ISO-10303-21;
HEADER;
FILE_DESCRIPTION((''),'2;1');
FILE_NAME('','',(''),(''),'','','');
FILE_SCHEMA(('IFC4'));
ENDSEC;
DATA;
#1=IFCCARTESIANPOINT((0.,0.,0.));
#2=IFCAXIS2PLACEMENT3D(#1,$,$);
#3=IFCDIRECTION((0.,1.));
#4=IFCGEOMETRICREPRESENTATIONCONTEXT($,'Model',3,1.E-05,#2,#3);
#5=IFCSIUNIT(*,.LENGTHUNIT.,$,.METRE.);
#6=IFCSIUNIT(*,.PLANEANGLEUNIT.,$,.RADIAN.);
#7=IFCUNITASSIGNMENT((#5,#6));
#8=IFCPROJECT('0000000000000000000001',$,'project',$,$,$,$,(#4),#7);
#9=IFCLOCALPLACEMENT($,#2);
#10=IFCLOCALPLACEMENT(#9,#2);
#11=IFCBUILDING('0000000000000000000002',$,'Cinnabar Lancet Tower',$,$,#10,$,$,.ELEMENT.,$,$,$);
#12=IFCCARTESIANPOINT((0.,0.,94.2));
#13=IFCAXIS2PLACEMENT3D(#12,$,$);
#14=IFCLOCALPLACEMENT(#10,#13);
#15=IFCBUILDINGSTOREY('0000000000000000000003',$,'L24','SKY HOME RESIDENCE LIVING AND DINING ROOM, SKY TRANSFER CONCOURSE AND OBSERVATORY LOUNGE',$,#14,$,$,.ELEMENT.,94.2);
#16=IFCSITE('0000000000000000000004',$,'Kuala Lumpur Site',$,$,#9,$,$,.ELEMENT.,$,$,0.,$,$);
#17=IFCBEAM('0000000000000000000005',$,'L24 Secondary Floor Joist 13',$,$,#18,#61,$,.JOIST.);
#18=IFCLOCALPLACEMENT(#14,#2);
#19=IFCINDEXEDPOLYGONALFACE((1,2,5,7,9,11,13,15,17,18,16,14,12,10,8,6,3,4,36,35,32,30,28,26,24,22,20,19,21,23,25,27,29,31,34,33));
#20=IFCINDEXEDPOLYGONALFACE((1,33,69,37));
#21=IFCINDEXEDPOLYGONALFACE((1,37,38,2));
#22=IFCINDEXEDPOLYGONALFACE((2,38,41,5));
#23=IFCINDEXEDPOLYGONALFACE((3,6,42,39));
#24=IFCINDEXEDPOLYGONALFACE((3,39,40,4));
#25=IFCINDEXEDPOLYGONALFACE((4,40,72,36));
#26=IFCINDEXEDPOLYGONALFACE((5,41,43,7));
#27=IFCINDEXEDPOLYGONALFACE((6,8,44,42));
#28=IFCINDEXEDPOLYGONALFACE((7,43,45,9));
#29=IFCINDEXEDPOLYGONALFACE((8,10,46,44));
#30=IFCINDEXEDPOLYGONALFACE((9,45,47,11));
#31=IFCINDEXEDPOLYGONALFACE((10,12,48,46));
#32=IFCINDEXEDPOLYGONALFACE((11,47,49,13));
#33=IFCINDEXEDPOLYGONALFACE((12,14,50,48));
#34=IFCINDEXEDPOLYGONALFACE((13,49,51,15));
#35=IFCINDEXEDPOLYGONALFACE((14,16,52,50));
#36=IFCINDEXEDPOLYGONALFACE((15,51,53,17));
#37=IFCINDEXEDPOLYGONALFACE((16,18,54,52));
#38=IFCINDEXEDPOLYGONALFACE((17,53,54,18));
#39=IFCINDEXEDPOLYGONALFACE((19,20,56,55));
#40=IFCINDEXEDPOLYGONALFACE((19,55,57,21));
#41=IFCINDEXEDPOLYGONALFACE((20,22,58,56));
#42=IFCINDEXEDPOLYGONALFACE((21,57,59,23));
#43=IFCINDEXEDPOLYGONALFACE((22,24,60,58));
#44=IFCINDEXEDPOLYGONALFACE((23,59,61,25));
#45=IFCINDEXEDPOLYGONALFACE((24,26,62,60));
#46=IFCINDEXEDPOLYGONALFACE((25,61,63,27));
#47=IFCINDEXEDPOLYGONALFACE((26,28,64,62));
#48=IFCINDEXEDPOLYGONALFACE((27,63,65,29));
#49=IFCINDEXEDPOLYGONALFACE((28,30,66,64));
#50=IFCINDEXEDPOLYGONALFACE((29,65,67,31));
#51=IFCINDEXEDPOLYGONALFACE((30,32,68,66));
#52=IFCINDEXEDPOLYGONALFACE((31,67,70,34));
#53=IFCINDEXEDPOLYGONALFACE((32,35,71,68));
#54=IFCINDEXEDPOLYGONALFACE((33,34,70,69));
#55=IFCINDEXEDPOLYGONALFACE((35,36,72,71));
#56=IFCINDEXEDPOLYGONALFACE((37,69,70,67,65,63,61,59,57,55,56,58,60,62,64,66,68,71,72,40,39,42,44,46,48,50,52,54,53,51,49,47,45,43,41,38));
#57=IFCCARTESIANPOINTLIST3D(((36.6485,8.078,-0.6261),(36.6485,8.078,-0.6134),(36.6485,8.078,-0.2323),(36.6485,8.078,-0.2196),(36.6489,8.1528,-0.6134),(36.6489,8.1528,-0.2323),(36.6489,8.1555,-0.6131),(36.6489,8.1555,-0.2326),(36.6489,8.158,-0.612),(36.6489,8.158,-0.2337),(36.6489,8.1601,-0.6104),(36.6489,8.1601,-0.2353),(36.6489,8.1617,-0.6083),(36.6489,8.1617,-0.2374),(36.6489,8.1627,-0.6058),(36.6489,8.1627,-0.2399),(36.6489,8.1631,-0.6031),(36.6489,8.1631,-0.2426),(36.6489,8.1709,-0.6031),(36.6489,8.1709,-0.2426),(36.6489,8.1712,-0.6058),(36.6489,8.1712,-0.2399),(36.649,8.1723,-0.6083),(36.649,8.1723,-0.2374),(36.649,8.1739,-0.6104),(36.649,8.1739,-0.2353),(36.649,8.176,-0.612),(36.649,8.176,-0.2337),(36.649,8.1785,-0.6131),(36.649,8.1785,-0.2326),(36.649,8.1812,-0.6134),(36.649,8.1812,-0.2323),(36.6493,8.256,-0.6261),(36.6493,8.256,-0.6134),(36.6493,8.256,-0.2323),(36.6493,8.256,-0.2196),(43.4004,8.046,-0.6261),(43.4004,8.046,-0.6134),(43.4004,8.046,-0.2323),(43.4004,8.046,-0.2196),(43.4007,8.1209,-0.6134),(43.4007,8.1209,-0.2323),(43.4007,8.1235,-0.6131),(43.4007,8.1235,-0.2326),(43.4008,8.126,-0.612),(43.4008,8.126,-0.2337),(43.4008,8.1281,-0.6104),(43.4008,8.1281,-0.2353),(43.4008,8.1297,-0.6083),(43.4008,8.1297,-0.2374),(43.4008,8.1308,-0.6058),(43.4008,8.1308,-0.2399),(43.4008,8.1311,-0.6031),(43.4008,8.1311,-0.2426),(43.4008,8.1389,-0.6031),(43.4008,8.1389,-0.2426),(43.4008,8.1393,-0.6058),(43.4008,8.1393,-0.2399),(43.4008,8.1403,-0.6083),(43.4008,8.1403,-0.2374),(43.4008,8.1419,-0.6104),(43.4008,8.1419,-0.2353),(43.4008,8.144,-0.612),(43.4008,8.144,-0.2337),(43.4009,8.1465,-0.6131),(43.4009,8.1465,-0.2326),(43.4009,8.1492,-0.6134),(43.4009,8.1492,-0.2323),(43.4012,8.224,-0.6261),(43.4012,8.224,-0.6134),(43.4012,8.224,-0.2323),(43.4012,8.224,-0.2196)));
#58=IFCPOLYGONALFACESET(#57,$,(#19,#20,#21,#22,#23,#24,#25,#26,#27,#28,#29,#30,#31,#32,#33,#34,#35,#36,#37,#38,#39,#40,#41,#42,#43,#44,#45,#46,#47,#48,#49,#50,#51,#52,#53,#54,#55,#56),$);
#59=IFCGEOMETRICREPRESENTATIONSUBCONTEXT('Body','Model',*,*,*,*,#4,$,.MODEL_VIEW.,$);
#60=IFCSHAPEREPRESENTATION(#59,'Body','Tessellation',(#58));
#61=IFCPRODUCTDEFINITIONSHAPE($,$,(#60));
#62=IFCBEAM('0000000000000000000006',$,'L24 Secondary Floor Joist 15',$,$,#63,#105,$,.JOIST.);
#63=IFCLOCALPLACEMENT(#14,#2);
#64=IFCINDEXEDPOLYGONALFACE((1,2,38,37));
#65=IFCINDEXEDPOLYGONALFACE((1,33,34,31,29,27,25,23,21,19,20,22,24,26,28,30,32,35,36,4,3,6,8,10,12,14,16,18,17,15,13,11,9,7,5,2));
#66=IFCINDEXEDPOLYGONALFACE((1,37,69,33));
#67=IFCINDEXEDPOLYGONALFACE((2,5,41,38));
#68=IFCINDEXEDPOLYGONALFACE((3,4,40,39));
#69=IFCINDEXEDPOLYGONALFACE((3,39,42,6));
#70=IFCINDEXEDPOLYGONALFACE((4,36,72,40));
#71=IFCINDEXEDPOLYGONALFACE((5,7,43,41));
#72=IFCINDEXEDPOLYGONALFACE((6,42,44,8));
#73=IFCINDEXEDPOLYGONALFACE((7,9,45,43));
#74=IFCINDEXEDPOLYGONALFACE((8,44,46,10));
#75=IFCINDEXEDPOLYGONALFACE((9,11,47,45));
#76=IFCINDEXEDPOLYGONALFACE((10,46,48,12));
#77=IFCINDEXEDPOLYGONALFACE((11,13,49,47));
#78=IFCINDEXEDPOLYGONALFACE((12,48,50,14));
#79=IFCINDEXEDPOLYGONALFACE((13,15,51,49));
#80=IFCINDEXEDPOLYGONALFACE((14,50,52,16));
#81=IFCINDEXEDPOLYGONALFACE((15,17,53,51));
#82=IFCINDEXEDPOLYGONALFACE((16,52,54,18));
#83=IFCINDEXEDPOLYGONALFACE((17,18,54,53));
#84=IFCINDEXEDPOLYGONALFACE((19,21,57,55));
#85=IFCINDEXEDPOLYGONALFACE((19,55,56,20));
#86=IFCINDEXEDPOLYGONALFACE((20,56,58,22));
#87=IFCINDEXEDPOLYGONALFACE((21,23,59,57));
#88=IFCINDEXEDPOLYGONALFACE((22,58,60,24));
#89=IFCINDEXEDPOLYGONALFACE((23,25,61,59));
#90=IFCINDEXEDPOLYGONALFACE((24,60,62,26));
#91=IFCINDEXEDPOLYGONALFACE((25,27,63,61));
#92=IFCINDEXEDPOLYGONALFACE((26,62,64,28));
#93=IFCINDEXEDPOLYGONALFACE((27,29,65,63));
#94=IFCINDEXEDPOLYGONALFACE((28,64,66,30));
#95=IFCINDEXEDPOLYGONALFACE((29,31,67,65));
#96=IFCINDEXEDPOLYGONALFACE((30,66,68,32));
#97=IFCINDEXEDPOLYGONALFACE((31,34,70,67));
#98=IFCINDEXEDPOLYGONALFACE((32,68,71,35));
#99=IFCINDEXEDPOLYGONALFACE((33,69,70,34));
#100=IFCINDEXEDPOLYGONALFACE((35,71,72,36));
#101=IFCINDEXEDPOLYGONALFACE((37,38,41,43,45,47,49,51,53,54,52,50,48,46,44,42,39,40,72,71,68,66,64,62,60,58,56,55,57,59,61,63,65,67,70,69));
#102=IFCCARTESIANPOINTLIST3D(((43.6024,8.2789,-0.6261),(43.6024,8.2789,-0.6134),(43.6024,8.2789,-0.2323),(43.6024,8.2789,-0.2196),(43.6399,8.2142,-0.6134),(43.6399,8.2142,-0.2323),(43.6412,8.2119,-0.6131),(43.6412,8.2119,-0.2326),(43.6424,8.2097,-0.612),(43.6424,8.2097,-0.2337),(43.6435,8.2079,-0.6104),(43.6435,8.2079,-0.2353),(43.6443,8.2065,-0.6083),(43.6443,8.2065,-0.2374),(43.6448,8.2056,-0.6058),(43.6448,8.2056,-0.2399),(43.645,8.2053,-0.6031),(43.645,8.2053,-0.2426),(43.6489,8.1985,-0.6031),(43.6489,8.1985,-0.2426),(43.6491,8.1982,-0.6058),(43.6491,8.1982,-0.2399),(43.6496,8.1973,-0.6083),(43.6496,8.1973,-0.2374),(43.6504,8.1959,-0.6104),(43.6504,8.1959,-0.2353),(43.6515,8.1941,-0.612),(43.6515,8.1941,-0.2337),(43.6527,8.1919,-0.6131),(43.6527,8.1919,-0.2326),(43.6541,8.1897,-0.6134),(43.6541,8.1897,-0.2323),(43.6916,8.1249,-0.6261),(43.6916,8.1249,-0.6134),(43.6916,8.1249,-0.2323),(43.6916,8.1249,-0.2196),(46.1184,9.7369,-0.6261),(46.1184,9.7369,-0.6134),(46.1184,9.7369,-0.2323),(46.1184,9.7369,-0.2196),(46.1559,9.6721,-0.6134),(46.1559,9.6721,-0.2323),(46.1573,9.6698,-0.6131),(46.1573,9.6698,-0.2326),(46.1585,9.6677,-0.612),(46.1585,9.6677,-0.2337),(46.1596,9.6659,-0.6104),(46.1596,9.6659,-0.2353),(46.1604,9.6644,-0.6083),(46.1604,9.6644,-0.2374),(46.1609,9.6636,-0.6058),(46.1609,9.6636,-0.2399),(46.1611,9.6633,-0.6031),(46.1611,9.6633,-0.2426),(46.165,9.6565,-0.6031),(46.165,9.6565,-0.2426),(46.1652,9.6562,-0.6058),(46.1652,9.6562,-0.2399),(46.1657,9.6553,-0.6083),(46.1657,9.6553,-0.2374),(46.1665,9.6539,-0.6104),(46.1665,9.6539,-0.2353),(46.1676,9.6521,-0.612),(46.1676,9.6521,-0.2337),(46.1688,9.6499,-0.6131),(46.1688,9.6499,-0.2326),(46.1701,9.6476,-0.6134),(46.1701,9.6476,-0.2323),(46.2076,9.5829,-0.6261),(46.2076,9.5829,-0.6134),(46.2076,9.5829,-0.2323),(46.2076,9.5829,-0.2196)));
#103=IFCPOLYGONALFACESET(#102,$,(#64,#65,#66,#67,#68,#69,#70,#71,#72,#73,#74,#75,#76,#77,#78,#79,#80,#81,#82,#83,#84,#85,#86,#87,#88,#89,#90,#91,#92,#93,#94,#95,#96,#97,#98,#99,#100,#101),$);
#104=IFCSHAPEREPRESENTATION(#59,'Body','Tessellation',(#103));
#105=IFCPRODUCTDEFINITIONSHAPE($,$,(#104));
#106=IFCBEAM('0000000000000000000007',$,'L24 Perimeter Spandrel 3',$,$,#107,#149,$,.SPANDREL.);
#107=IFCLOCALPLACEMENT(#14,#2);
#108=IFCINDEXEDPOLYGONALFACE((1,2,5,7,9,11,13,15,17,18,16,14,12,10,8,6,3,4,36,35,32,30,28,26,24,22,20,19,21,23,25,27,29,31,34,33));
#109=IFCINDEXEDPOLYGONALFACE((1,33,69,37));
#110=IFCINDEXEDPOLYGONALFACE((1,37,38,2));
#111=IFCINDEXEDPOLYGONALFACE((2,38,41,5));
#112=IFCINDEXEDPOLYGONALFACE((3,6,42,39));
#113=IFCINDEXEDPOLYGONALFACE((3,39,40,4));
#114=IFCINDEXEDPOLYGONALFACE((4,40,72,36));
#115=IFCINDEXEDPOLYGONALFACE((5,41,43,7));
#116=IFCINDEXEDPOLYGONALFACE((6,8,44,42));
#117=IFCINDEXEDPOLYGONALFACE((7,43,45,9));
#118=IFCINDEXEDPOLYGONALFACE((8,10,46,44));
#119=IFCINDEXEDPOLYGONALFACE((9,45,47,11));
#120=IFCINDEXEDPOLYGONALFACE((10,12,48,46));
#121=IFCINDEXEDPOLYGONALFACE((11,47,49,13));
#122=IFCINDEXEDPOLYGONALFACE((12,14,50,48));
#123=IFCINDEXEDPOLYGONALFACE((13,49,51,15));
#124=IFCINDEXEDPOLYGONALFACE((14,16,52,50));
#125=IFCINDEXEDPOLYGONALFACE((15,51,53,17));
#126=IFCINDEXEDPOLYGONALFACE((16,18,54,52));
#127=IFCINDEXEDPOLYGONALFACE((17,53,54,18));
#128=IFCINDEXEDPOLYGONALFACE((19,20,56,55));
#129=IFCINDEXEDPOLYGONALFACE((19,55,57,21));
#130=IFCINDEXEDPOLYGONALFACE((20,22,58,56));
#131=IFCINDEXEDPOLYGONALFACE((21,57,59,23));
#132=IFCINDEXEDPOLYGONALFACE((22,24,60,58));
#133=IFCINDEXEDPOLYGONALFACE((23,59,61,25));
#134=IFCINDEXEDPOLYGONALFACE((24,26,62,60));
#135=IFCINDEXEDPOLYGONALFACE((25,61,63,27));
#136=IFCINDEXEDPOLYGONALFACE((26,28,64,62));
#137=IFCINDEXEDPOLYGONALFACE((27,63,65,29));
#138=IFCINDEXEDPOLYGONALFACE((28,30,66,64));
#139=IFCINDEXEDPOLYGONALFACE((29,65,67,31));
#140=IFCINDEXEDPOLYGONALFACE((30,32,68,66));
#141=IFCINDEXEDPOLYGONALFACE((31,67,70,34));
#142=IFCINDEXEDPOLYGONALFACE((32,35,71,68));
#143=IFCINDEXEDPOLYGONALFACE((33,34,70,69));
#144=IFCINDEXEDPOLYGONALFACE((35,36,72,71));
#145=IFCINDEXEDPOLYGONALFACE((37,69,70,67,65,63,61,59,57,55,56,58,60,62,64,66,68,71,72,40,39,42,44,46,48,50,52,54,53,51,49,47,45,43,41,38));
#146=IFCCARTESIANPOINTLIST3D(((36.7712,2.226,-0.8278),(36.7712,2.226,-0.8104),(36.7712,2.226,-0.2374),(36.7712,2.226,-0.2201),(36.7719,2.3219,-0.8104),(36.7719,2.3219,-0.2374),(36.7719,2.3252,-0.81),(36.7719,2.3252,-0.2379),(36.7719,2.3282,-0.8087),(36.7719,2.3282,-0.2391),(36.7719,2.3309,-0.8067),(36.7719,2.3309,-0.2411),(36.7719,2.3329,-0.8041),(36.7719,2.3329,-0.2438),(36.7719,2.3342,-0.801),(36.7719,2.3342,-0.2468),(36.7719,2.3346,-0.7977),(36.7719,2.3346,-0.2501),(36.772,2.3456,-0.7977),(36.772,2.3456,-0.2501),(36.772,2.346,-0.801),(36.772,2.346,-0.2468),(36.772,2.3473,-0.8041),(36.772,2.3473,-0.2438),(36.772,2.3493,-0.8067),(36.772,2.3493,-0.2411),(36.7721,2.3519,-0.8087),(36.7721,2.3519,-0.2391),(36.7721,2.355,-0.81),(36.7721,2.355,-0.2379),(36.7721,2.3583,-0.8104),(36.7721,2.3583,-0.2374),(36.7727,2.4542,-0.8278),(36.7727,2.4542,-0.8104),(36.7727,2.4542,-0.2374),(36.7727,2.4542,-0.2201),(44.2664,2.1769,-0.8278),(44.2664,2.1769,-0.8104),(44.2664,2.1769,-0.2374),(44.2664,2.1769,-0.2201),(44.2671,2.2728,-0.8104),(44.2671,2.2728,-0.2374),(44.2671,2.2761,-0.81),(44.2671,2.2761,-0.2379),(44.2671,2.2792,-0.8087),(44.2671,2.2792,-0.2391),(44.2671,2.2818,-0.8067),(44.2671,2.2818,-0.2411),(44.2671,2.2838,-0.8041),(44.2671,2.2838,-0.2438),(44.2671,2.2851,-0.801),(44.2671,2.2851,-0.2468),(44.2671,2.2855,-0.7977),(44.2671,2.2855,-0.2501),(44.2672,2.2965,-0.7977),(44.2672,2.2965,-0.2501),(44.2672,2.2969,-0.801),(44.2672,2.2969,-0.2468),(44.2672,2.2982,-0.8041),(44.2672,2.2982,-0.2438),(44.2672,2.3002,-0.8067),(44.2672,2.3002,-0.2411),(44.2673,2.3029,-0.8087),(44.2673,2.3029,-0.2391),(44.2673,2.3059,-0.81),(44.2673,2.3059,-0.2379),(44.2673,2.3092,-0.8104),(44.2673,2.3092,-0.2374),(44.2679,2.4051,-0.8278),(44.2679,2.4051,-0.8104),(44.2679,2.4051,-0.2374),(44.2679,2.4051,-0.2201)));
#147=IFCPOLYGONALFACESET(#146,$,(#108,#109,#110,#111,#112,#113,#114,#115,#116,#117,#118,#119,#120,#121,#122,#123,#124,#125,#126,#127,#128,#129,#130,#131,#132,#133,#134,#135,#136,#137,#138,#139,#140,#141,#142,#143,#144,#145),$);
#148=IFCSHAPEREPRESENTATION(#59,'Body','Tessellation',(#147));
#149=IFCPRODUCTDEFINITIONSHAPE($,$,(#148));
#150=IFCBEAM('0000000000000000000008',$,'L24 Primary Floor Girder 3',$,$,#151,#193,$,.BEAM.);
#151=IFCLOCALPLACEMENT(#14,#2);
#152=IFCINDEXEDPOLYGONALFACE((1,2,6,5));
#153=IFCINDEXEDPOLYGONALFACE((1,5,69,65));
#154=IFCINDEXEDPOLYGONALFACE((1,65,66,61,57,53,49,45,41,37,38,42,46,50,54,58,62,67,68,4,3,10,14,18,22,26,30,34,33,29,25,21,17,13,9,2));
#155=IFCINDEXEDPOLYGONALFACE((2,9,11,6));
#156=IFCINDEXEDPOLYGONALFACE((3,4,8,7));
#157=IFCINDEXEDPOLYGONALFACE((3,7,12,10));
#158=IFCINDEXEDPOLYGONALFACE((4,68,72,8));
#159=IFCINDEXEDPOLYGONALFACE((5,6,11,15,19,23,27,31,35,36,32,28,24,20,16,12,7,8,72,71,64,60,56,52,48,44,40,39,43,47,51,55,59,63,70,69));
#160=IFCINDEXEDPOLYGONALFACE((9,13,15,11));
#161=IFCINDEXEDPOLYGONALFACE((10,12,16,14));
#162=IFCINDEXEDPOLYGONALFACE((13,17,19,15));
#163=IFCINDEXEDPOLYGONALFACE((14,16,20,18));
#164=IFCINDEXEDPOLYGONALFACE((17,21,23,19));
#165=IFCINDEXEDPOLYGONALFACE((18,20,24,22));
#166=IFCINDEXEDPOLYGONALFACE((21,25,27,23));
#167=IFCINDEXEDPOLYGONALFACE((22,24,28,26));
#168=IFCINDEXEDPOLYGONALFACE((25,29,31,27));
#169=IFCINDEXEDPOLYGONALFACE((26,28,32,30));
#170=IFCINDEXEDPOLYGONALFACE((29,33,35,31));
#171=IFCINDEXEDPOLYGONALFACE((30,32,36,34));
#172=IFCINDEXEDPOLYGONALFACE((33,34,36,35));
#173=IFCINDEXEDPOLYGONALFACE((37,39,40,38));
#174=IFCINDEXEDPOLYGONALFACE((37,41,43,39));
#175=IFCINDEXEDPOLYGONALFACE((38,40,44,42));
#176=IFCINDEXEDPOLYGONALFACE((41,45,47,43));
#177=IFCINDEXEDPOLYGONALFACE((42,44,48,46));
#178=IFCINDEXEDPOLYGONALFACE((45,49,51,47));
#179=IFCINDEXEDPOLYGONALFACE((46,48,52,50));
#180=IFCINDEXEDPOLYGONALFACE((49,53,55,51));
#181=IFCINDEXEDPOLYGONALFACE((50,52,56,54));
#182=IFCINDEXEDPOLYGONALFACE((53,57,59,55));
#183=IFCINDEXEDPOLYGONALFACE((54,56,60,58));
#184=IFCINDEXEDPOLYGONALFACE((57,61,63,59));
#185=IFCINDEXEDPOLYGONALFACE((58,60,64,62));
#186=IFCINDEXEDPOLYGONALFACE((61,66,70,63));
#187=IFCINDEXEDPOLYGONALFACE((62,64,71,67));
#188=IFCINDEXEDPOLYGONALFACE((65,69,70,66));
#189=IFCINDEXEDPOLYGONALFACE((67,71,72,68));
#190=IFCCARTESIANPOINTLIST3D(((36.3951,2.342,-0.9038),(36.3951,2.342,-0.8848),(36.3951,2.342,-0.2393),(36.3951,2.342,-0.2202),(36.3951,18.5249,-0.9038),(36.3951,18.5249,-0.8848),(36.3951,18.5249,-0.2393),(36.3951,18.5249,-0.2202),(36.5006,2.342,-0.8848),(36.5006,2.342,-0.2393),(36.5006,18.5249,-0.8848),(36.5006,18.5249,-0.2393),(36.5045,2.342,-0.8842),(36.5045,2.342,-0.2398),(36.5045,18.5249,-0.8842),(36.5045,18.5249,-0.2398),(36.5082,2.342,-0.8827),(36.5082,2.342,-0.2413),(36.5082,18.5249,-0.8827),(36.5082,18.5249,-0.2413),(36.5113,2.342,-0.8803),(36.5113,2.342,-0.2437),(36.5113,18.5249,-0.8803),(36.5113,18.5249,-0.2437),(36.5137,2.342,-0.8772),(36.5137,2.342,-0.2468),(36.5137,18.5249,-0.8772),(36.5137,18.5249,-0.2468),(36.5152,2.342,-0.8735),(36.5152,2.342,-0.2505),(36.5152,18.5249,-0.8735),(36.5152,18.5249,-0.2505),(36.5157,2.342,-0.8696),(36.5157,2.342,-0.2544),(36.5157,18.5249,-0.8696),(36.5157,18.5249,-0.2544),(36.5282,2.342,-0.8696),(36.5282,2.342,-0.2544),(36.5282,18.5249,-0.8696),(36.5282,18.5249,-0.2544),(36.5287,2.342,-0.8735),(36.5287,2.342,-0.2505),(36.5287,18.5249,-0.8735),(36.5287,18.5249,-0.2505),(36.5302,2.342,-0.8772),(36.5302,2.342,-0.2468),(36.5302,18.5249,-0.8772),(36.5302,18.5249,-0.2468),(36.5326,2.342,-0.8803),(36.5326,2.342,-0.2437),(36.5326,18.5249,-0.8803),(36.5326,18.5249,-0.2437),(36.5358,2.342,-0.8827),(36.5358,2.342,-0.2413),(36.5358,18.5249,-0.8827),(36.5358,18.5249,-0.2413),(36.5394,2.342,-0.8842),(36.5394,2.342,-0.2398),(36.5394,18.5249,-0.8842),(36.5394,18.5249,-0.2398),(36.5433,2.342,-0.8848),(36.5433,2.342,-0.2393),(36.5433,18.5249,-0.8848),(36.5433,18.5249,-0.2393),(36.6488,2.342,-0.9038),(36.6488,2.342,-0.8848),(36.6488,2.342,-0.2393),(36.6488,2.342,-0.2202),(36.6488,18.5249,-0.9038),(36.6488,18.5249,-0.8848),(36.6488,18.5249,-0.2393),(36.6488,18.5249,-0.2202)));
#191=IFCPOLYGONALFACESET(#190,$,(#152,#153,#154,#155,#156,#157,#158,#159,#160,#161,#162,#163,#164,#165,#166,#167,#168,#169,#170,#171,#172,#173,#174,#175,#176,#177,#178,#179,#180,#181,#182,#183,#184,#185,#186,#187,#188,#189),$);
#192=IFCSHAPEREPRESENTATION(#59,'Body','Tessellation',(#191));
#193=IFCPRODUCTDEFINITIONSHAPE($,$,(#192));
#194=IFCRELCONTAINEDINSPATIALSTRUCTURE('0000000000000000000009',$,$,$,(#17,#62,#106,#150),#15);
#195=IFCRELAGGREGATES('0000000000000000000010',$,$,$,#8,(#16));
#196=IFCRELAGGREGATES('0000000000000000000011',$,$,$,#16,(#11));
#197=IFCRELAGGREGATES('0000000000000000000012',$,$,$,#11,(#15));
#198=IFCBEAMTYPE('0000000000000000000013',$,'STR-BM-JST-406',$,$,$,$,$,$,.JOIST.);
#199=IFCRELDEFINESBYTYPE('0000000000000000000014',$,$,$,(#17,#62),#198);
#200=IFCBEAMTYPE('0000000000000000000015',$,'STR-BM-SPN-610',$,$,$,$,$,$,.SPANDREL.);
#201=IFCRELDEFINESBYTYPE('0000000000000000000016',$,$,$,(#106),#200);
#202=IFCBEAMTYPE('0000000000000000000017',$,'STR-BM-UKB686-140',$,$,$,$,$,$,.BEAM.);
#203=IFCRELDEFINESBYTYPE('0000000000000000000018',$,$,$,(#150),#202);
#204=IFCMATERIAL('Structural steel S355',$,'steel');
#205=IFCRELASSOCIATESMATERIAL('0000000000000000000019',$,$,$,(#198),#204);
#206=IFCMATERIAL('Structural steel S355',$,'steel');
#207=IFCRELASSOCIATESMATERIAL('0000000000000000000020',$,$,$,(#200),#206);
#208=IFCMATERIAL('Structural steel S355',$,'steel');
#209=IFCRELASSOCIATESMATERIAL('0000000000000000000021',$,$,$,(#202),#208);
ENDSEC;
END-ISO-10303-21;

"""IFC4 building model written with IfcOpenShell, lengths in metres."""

from ifc_helpers import new_model, si_unit, direction, frame, origin, origin_2d, place, context, subcontext, project, spatial, i_section, extrude, material, material_profile, profile_set, type_object, element, save


model = new_model("IFC4")

# Units and contexts
model_context = context("Model", 3, precision=1e-05, world=origin(), true_north=direction((0.0, 1.0)))
body_context = subcontext(model_context, "Body", "Model", "MODEL_VIEW")
ifc_project = project(units=[si_unit("LENGTHUNIT", "METRE"), si_unit("PLANEANGLEUNIT", "RADIAN")], contexts=[model_context])

# Site, building, storey
site_placement = place(None, origin())
site = spatial("IfcSite", under=ifc_project, at=site_placement, Name="Kuala Lumpur Site", CompositionType="ELEMENT", RefElevation=0.0)
building_placement = place(site_placement, origin())
building = spatial("IfcBuilding", under=site, at=building_placement, Name="Cinnabar Lancet Tower", CompositionType="ELEMENT")
storey_placement = place(building_placement, frame((0.0, 0.0, 94.2)))
storey = spatial("IfcBuildingStorey", under=building, at=storey_placement, Name="L24", Description="SKY HOME RESIDENCE LIVING AND DINING ROOM, SKY TRANSFER CONCOURSE AND OBSERVATORY LOUNGE", CompositionType="ELEMENT", Elevation=94.2)

# Beams
ifc_material_1 = material(Name="Structural steel S355", Category="steel")
ifc_material_profile_1 = material_profile(ifc_material_1, i_section(OverallWidth=0.178, OverallDepth=0.4065, WebThickness=0.0078, FlangeThickness=0.0127, FilletRadius=0.0103, at=origin_2d()), Name="UKB 406x178x60")
ifc_profile_set_1 = profile_set([ifc_material_profile_1], Name="Structural steel S355")
beam_type_1 = type_object("IfcBeamType", Name="STR-BM-JST-406", PredefinedType="JOIST", material=ifc_profile_set_1)
beam_1_placement = place(storey_placement, frame((36.6489, 8.167, -0.4229), z_axis=(0.999989, -0.004737, 0.0), x_axis=(0.004737, 0.999989, 0.0)))
element("IfcBeam", 1, at=beam_1_placement, inside=storey, type_object=beam_type_1, Name="L24 Secondary Floor Joist 13", PredefinedType="JOIST", context=body_context, shape_type="SweptSolid", body=[
    extrude(i_section(OverallWidth=0.178, OverallDepth=0.4065, WebThickness=0.0078, FlangeThickness=0.0127, FilletRadius=0.0103, at=origin_2d()), origin(), (0.0, 0.0, 1.0), 6.752),
])
beam_2_placement = place(storey_placement, frame((43.647, 8.2019, -0.4229), z_axis=(0.865231, 0.501374, 0.0), x_axis=(-0.501374, 0.865231, 0.0)))
element("IfcBeam", 2, at=beam_2_placement, inside=storey, type_object=beam_type_1, Name="L24 Secondary Floor Joist 15", PredefinedType="JOIST", context=body_context, shape_type="SweptSolid", body=[
    extrude(i_section(OverallWidth=0.178, OverallDepth=0.4065, WebThickness=0.0078, FlangeThickness=0.0127, FilletRadius=0.0103, at=origin_2d()), origin(), (0.0, 0.0, 1.0), 2.908),
])
ifc_material_2 = material(Name="Structural steel S355", Category="steel")
ifc_material_profile_2 = material_profile(ifc_material_2, i_section(OverallWidth=0.2283, OverallDepth=0.6077, WebThickness=0.011, FlangeThickness=0.0173, FilletRadius=0.0127, at=origin_2d()), Name="UKB 610x229x113")
ifc_profile_set_2 = profile_set([ifc_material_profile_2], Name="Structural steel S355")
beam_type_2 = type_object("IfcBeamType", Name="STR-BM-SPN-610", PredefinedType="SPANDREL", material=ifc_profile_set_2)
beam_3_placement = place(storey_placement, frame((36.772, 2.3401, -0.5239), z_axis=(0.999979, -0.006547, 0.0), x_axis=(0.006547, 0.999979, 0.0)))
element("IfcBeam", 3, at=beam_3_placement, inside=storey, type_object=beam_type_2, Name="L24 Perimeter Spandrel 3", PredefinedType="SPANDREL", context=body_context, shape_type="SweptSolid", body=[
    extrude(i_section(OverallWidth=0.2283, OverallDepth=0.6077, WebThickness=0.011, FlangeThickness=0.0173, FilletRadius=0.0127, at=origin_2d()), origin(), (0.0, 0.0, 1.0), 7.4954),
])
ifc_material_3 = material(Name="Structural steel S355", Category="steel")
ifc_material_profile_3 = material_profile(ifc_material_3, i_section(OverallWidth=0.2537, OverallDepth=0.6836, WebThickness=0.0125, FlangeThickness=0.019, FilletRadius=0.0151, at=origin_2d()), Name="UKB 686x254x140")
ifc_profile_set_3 = profile_set([ifc_material_profile_3], Name="Structural steel S355")
beam_type_3 = type_object("IfcBeamType", Name="STR-BM-UKB686-140", PredefinedType="BEAM", material=ifc_profile_set_3)
beam_4_placement = place(storey_placement, frame((36.522, 2.342, -0.562), z_axis=(0.0, 1.0, 0.0), x_axis=(-1.0, 0.0, 0.0)))
element("IfcBeam", 4, at=beam_4_placement, inside=storey, type_object=beam_type_3, Name="L24 Primary Floor Girder 3", PredefinedType="BEAM", context=body_context, shape_type="SweptSolid", body=[
    extrude(i_section(OverallWidth=0.2537, OverallDepth=0.6836, WebThickness=0.0125, FlangeThickness=0.019, FilletRadius=0.0151, at=origin_2d()), origin(), (0.0, 0.0, 1.0), 16.1829),
])

save(model, "model.ifc")
